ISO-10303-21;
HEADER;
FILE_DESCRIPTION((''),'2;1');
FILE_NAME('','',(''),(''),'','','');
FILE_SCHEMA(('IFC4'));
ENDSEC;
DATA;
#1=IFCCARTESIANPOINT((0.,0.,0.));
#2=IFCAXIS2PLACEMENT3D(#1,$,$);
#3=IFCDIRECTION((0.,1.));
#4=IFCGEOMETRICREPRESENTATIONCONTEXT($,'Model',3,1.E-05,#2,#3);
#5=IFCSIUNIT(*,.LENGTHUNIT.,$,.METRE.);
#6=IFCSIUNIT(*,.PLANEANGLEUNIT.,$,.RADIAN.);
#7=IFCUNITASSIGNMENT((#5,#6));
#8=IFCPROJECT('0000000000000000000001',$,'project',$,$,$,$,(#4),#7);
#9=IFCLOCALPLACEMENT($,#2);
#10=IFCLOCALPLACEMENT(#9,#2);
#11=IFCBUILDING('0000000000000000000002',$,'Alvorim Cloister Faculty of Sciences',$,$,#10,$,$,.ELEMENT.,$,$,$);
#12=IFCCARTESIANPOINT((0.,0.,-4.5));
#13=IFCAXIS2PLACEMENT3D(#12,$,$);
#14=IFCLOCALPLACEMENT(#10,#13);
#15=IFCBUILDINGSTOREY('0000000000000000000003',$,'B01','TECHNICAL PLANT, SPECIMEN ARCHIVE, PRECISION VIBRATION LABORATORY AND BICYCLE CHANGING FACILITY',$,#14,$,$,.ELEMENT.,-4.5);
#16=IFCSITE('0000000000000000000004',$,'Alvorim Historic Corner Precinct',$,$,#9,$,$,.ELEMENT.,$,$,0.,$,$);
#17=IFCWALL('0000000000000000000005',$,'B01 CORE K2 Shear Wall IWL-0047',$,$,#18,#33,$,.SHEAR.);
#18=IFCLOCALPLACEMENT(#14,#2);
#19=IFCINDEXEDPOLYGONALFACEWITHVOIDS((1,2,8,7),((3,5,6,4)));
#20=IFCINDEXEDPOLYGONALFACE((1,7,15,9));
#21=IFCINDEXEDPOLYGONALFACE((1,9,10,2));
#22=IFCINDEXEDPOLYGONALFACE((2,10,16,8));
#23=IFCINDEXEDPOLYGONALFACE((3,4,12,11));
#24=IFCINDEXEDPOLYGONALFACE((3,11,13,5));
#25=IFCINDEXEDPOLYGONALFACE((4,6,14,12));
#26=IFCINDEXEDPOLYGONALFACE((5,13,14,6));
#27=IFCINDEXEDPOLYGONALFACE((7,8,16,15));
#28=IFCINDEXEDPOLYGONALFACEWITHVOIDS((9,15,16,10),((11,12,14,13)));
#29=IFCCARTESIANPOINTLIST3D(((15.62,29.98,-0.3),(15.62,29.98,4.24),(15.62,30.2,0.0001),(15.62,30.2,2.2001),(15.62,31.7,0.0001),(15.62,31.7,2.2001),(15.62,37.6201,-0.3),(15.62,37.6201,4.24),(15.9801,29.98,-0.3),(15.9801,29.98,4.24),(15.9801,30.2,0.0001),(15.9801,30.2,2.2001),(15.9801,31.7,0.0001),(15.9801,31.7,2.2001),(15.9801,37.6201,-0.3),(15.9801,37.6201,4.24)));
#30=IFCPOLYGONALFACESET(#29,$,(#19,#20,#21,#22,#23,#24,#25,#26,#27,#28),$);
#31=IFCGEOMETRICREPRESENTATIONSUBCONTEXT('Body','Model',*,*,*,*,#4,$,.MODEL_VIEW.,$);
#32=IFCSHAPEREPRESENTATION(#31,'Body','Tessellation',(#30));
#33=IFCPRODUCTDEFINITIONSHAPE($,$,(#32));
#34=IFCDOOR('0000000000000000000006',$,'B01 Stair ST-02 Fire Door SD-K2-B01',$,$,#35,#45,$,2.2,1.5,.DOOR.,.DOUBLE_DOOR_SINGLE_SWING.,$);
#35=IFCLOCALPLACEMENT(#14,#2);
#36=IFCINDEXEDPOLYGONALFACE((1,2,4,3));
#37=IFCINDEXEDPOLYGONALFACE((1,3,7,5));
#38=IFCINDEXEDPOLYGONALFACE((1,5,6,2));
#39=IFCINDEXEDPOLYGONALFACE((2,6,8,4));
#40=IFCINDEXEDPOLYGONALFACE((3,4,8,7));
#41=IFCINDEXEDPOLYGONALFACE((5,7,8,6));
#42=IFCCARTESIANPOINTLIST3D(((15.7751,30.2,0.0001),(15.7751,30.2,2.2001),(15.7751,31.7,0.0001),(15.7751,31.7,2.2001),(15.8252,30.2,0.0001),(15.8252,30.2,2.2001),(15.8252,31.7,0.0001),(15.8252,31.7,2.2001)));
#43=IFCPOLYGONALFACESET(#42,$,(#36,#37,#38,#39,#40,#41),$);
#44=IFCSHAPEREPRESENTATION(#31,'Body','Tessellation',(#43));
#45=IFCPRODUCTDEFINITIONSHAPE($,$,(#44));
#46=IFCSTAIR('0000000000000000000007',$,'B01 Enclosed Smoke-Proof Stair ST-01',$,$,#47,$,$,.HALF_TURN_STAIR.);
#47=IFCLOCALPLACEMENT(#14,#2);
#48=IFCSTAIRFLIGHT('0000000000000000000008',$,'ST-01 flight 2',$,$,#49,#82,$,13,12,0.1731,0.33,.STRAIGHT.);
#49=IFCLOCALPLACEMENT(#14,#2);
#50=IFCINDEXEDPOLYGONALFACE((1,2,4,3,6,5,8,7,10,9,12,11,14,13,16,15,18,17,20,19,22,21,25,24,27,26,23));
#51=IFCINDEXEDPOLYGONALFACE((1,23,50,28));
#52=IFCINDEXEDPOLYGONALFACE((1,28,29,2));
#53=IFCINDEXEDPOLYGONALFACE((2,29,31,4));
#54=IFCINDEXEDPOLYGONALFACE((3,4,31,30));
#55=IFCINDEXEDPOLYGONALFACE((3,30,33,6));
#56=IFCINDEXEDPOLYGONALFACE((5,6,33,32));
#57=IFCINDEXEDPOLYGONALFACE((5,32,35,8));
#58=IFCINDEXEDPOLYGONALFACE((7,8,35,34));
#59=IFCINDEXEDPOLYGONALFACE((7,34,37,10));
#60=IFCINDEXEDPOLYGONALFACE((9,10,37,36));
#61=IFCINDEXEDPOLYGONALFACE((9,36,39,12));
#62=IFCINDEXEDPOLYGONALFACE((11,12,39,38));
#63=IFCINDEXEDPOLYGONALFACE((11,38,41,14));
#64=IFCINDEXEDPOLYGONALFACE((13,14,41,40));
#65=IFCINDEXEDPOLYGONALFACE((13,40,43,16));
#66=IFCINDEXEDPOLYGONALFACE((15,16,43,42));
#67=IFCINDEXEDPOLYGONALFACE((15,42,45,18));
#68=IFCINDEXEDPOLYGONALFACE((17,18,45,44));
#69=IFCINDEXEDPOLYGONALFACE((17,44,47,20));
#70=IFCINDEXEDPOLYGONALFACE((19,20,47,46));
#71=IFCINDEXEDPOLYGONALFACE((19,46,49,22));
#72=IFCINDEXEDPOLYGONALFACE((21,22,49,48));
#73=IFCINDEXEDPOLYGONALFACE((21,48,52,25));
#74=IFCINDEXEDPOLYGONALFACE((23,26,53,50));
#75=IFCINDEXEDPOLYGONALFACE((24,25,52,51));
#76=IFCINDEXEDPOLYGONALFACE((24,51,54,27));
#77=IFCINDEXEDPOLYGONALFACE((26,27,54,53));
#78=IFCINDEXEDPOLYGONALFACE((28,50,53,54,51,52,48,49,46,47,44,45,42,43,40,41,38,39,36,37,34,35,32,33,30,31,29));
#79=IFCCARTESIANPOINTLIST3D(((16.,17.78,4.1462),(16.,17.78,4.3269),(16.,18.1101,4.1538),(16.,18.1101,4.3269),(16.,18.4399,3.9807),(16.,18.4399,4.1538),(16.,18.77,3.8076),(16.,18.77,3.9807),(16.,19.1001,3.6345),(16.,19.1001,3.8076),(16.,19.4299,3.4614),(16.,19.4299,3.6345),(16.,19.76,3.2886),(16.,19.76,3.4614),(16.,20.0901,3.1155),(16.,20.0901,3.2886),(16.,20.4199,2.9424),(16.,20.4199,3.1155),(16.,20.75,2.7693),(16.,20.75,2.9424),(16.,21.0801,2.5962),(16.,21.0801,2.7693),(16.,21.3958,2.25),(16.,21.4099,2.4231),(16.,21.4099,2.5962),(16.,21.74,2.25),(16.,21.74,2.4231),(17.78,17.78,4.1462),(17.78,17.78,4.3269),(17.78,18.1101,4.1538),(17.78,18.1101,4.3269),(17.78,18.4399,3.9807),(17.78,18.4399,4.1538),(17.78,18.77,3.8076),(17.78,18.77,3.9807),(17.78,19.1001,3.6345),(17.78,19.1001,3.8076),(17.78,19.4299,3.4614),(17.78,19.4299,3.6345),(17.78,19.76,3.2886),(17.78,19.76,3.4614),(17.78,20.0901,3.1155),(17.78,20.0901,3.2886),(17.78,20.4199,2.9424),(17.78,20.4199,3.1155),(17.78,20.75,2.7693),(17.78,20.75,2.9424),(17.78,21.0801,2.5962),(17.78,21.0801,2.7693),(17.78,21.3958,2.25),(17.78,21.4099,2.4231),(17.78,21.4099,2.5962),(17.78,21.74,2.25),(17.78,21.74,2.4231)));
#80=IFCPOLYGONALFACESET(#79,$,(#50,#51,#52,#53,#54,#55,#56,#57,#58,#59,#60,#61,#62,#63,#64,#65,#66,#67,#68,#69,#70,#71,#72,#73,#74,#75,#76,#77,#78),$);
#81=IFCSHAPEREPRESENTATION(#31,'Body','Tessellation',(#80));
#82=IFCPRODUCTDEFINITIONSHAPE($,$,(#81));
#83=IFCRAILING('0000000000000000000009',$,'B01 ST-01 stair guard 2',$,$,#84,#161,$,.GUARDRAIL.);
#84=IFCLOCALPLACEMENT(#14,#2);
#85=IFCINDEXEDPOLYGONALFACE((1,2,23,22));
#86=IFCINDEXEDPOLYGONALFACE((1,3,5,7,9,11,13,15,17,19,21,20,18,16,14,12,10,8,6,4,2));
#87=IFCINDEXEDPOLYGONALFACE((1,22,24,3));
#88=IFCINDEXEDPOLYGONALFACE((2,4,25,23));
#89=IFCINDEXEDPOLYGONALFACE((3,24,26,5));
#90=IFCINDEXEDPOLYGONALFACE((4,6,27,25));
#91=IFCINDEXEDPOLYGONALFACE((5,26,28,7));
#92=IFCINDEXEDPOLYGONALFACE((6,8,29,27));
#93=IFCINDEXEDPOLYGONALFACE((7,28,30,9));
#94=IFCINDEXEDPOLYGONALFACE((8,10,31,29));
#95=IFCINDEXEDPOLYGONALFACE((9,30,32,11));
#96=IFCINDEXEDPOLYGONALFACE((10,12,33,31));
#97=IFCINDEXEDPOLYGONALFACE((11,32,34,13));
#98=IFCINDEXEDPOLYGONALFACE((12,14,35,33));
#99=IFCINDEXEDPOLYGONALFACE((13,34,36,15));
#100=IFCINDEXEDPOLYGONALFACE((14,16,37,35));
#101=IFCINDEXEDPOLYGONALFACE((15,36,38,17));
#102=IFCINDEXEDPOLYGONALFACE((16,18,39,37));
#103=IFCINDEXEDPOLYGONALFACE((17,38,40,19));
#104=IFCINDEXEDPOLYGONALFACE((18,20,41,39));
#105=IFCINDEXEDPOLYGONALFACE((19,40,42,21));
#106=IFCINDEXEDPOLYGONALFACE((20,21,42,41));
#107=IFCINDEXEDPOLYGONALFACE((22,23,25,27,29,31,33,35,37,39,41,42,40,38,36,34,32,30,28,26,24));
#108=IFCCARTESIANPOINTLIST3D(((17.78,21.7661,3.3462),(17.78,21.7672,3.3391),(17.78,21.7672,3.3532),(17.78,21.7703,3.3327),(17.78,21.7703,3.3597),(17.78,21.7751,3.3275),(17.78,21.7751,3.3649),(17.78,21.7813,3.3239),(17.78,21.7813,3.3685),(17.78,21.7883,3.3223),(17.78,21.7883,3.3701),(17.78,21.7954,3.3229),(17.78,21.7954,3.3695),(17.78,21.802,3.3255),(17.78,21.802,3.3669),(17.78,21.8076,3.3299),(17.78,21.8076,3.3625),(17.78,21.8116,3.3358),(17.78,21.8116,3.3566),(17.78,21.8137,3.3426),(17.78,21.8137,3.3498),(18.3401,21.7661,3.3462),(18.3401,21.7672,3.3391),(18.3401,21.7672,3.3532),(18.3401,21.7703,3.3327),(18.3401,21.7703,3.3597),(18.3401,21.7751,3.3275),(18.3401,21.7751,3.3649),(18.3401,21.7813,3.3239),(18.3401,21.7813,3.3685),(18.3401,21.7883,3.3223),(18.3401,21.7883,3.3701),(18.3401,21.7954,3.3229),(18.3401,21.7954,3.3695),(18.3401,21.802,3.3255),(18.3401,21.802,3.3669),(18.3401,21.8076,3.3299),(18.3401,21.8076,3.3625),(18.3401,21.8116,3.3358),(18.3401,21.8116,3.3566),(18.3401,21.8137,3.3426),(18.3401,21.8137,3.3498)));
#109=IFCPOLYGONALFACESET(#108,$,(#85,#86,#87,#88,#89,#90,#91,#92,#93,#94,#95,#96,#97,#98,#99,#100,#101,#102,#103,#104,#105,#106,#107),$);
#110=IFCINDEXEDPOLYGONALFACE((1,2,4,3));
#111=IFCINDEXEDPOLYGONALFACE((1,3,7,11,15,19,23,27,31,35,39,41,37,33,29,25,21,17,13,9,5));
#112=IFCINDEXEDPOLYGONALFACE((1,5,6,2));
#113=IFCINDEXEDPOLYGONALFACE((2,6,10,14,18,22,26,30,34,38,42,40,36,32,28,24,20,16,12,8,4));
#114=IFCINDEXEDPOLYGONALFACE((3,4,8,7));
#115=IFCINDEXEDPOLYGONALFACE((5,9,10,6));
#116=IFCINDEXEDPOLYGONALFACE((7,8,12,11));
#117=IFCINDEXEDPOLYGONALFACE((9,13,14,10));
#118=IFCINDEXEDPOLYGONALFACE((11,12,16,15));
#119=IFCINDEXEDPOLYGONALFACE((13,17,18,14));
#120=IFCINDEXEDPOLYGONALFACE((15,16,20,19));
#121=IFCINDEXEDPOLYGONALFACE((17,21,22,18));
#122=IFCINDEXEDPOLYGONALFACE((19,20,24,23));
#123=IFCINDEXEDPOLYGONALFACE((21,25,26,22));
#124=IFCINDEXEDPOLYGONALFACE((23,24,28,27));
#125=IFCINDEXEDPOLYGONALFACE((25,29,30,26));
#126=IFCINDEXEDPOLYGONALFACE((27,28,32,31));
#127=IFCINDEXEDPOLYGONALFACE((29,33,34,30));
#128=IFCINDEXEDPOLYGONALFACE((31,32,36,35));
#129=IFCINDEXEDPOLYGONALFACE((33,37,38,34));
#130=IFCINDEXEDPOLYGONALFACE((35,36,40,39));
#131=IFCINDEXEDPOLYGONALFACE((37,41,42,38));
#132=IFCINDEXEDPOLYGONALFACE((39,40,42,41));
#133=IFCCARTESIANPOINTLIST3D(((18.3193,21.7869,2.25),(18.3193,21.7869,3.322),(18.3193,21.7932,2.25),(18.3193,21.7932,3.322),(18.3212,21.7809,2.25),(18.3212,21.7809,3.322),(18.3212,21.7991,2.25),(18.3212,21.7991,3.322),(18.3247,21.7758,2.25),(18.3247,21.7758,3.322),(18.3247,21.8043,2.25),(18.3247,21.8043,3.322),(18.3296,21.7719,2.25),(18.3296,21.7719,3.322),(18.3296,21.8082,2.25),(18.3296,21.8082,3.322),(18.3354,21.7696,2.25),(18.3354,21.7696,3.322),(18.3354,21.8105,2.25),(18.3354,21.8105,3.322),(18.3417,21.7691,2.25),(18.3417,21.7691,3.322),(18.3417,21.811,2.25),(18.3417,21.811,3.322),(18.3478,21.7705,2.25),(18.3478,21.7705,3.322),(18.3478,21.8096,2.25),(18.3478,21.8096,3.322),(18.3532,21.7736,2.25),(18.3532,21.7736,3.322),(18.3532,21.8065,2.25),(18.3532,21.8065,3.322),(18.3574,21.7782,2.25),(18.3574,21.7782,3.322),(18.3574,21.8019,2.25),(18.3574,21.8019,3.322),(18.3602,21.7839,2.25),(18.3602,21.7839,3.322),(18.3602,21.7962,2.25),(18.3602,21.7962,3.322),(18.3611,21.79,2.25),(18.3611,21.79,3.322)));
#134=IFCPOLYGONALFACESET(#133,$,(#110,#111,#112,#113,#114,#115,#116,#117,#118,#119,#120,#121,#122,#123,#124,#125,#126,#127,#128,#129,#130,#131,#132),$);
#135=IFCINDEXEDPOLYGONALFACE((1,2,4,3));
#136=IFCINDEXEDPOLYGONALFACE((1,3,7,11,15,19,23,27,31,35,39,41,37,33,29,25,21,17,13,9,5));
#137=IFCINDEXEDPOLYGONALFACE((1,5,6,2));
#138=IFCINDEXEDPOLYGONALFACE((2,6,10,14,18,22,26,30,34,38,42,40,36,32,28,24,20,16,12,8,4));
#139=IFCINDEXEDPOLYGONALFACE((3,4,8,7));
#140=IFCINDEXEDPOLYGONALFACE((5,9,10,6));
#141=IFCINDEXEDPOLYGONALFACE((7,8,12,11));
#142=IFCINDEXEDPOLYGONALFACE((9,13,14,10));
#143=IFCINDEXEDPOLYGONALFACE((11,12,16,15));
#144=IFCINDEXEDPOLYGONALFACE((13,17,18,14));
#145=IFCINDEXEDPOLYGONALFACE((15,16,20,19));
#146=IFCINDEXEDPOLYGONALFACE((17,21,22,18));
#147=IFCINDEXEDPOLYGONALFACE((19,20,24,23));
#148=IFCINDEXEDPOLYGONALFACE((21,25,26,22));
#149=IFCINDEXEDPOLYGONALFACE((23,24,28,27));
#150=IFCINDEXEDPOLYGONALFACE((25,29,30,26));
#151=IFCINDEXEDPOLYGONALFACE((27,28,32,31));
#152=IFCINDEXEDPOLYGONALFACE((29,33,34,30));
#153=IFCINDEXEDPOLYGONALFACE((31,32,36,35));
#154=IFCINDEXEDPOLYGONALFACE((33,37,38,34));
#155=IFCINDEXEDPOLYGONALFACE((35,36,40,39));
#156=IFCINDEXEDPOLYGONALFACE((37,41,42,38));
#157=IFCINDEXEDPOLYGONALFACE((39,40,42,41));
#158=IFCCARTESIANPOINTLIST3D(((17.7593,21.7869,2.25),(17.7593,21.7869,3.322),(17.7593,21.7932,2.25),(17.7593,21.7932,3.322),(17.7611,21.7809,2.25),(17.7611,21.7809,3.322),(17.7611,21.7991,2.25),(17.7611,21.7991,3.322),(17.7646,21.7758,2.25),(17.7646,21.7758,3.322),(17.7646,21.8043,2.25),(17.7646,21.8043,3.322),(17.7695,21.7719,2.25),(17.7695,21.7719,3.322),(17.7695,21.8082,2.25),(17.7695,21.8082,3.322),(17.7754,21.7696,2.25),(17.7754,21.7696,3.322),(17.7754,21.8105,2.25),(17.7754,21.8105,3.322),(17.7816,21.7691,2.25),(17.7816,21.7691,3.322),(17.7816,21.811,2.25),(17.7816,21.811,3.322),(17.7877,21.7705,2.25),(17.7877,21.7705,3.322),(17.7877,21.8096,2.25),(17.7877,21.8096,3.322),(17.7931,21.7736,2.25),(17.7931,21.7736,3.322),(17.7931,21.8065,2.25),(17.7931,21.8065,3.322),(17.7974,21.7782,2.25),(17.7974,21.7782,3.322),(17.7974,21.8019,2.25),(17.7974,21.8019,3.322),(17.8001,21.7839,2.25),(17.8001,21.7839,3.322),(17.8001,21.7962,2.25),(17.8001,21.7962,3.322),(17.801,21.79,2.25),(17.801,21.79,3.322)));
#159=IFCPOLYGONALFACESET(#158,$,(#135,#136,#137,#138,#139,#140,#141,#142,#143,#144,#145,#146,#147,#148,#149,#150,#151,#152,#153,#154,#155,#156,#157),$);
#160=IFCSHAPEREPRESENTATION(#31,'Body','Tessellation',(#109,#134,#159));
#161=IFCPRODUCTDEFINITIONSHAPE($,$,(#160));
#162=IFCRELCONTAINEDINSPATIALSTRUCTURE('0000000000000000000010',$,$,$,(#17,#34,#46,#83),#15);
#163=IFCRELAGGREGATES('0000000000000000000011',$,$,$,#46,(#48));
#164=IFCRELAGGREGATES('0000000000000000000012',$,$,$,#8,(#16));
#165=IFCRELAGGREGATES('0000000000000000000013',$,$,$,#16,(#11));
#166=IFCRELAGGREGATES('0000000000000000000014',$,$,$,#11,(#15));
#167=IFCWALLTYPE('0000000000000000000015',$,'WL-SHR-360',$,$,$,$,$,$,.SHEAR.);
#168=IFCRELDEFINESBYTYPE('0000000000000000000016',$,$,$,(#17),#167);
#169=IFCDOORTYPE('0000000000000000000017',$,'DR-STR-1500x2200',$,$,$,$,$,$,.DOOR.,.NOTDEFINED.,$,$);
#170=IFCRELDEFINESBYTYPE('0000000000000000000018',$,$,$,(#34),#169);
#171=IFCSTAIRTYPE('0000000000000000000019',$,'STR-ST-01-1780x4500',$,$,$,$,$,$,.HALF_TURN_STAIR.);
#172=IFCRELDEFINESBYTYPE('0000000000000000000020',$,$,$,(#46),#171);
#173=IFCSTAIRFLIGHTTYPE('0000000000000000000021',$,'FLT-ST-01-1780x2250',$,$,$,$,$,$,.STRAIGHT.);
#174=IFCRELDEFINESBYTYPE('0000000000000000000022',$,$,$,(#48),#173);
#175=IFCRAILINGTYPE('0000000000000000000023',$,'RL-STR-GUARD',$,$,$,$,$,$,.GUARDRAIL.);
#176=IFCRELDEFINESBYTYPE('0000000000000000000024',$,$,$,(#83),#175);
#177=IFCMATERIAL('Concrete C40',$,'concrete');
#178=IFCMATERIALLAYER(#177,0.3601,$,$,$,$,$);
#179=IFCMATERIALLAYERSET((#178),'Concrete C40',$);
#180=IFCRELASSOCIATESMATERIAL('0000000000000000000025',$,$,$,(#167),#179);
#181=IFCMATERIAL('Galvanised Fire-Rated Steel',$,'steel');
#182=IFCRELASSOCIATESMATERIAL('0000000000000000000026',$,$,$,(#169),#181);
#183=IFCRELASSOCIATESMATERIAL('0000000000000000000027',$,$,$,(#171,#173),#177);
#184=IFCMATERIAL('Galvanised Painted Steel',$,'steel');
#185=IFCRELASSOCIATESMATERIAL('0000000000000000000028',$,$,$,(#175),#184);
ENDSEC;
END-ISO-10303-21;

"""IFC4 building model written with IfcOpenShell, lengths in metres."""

from ifc_helpers import new_model, si_unit, direction, frame, frame_2d, origin, origin_2d, place, context, subcontext, project, spatial, polyline, rectangle, circle, outline, extrude, material, layer, layer_set, type_object, element, fill, aggregate, save


model = new_model("IFC4")

# Units and contexts
model_context = context("Model", 3, precision=1e-05, world=origin(), true_north=direction((0.0, 1.0)))
body_context = subcontext(model_context, "Body", "Model", "MODEL_VIEW")
ifc_project = project(units=[si_unit("LENGTHUNIT", "METRE"), si_unit("PLANEANGLEUNIT", "RADIAN")], contexts=[model_context])

# Site, building, storey
site_placement = place(None, origin())
site = spatial("IfcSite", under=ifc_project, at=site_placement, Name="Alvorim Historic Corner Precinct", CompositionType="ELEMENT", RefElevation=0.0)
building_placement = place(site_placement, origin())
building = spatial("IfcBuilding", under=site, at=building_placement, Name="Alvorim Cloister Faculty of Sciences", CompositionType="ELEMENT")
storey_placement = place(building_placement, frame((0.0, 0.0, -4.5)))
storey = spatial("IfcBuildingStorey", under=building, at=storey_placement, Name="B01", Description="TECHNICAL PLANT, SPECIMEN ARCHIVE, PRECISION VIBRATION LABORATORY AND BICYCLE CHANGING FACILITY", CompositionType="ELEMENT", Elevation=-4.5)

# Shared definitions
ifc_material_1 = material(Name="Concrete C40", Category="concrete")

# Shared definitions
ifc_material_2 = material(Name="Galvanised Fire-Rated Steel", Category="steel")

# Shared definitions
ifc_layer_1 = layer(ifc_material_1, 0.3601)
ifc_layer_set_1 = layer_set([ifc_layer_1], Name="Concrete C40")
wall_type_1 = type_object("IfcWallType", Name="WL-SHR-360", PredefinedType="SHEAR", material=ifc_layer_set_1)

# Wall, opening, door
wall_1_placement = place(storey_placement, frame((15.8, 29.98, -0.3), z_axis=(0.0, 0.0, 1.0), x_axis=(0.0, 1.0, 0.0)))
wall_1 = element("IfcWall", 1, at=wall_1_placement, inside=storey, type_object=wall_type_1, Name="B01 CORE K2 Shear Wall IWL-0047", PredefinedType="SHEAR", context=body_context, shape_type="SweptSolid", body=[
    extrude(rectangle(XDim=7.6401, YDim=0.3601, at=frame_2d((3.8201, 0.0))), origin(), (0.0, 0.0, 1.0), 4.54),
])
opening_1_placement = place(wall_1_placement, frame((0.22, 0.0, 0.3)))
opening_1 = element("IfcOpeningElement", 2, at=opening_1_placement, cuts=wall_1, PredefinedType="OPENING", context=body_context, shape_type="SweptSolid", body=[
    extrude(rectangle(XDim=1.5, YDim=2.2, at=frame_2d((0.75, 1.1001))), frame((0.0, 0.1919, 0.0), z_axis=(0.0, -1.0, 0.0), x_axis=(1.0, 0.0, 0.0)), (0.0, 0.0, 1.0), 0.384),
])
door_type_1 = type_object("IfcDoorType", Name="DR-STR-1500x2200", OperationType="NOTDEFINED", PredefinedType="DOOR", material=ifc_material_2)
door_1_placement = place(opening_1_placement, origin())
door_1 = element("IfcDoor", 3, at=door_1_placement, inside=storey, type_object=door_type_1, Name="B01 Stair ST-02 Fire Door SD-K2-B01", OperationType="DOUBLE_DOOR_SINGLE_SWING", OverallHeight=2.2, OverallWidth=1.5, PredefinedType="DOOR", context=body_context, shape_type="SweptSolid", body=[
    extrude(rectangle(XDim=1.5, YDim=2.2, at=frame_2d((0.75, 1.1001))), frame((0.0, 0.0249, 0.0), z_axis=(0.0, -1.0, 0.0), x_axis=(1.0, 0.0, 0.0)), (0.0, 0.0, 1.0), 0.05),
])
fill(opening_1, door_1)

# Stair, stair flight
stair_type = type_object("IfcStairType", Name="STR-ST-01-1780x4500", PredefinedType="HALF_TURN_STAIR", material=ifc_material_1)
stair_placement = place(storey_placement, origin())
stair = element("IfcStair", 4, at=stair_placement, inside=storey, type_object=stair_type, Name="B01 Enclosed Smoke-Proof Stair ST-01", PredefinedType="HALF_TURN_STAIR")
stair_flight_type = type_object("IfcStairFlightType", Name="FLT-ST-01-1780x2250", PredefinedType="STRAIGHT", material=ifc_material_1)
stair_flight_placement = place(storey_placement, frame((16.8899, 21.74, 2.25), z_axis=(0.0, 0.0, 1.0), x_axis=(0.0, -1.0, 0.0)))
stair_flight = element("IfcStairFlight", 5, at=stair_flight_placement, type_object=stair_flight_type, Name="ST-01 flight 2", NumberOfRisers=13, NumberOfTreads=12, PredefinedType="STRAIGHT", RiserHeight=0.1731, TreadLength=0.33, context=body_context, shape_type="SweptSolid", body=[
    extrude(outline(polyline([(0.3442, 0.0), (3.96, 1.8962), (3.96, 2.25), (3.96, 2.0769), (3.6299, 2.0769), (3.6299, 1.9038), (3.3, 1.9038), (3.3, 1.7307), (2.97, 1.7307), (2.97, 1.5576), (2.6399, 1.5576), (2.6399, 1.3845), (2.3101, 1.3845), (2.3101, 1.2114), (1.98, 1.2114), (1.98, 1.0386), (1.6499, 1.0386), (1.6499, 0.8655), (1.3201, 0.8655), (1.3201, 0.6924), (0.99, 0.6924), (0.99, 0.5193), (0.6599, 0.5193), (0.6599, 0.3462), (0.3301, 0.3462), (0.3301, 0.1731), (0.0, 0.1731), (0.0, 0.0), (0.3442, 0.0)])), frame((0.0, 0.8901, 0.0), z_axis=(0.0, -1.0, 0.0), x_axis=(1.0, 0.0, 0.0)), (0.0, 0.0, 1.0), 1.78),
])
aggregate(stair, [stair_flight])

# Railing
ifc_material_3 = material(Name="Galvanised Painted Steel", Category="steel")
railing_type_1 = type_object("IfcRailingType", Name="RL-STR-GUARD", PredefinedType="GUARDRAIL", material=ifc_material_3)
railing_1_placement = place(storey_placement, frame((18.3401, 21.79, 2.25)))
element("IfcRailing", 6, at=railing_1_placement, inside=storey, type_object=railing_type_1, Name="B01 ST-01 stair guard 2", PredefinedType="GUARDRAIL", context=body_context, shape_type="SweptSolid", body=[
    extrude(circle(Radius=0.0239, at=origin_2d()), frame((0.0, 0.0, 1.0962), z_axis=(-1.0, 0.0, 0.0), x_axis=(0.0, -1.0, 0.0)), (0.0, 0.0, 1.0), 0.5601),
    extrude(circle(Radius=0.021, at=origin_2d()), origin(), (0.0, 0.0, 1.0), 1.072),
    extrude(circle(Radius=0.021, at=origin_2d()), frame((-0.5601, 0.0, 0.0)), (0.0, 0.0, 1.0), 1.072),
])

save(model, "model.ifc")
